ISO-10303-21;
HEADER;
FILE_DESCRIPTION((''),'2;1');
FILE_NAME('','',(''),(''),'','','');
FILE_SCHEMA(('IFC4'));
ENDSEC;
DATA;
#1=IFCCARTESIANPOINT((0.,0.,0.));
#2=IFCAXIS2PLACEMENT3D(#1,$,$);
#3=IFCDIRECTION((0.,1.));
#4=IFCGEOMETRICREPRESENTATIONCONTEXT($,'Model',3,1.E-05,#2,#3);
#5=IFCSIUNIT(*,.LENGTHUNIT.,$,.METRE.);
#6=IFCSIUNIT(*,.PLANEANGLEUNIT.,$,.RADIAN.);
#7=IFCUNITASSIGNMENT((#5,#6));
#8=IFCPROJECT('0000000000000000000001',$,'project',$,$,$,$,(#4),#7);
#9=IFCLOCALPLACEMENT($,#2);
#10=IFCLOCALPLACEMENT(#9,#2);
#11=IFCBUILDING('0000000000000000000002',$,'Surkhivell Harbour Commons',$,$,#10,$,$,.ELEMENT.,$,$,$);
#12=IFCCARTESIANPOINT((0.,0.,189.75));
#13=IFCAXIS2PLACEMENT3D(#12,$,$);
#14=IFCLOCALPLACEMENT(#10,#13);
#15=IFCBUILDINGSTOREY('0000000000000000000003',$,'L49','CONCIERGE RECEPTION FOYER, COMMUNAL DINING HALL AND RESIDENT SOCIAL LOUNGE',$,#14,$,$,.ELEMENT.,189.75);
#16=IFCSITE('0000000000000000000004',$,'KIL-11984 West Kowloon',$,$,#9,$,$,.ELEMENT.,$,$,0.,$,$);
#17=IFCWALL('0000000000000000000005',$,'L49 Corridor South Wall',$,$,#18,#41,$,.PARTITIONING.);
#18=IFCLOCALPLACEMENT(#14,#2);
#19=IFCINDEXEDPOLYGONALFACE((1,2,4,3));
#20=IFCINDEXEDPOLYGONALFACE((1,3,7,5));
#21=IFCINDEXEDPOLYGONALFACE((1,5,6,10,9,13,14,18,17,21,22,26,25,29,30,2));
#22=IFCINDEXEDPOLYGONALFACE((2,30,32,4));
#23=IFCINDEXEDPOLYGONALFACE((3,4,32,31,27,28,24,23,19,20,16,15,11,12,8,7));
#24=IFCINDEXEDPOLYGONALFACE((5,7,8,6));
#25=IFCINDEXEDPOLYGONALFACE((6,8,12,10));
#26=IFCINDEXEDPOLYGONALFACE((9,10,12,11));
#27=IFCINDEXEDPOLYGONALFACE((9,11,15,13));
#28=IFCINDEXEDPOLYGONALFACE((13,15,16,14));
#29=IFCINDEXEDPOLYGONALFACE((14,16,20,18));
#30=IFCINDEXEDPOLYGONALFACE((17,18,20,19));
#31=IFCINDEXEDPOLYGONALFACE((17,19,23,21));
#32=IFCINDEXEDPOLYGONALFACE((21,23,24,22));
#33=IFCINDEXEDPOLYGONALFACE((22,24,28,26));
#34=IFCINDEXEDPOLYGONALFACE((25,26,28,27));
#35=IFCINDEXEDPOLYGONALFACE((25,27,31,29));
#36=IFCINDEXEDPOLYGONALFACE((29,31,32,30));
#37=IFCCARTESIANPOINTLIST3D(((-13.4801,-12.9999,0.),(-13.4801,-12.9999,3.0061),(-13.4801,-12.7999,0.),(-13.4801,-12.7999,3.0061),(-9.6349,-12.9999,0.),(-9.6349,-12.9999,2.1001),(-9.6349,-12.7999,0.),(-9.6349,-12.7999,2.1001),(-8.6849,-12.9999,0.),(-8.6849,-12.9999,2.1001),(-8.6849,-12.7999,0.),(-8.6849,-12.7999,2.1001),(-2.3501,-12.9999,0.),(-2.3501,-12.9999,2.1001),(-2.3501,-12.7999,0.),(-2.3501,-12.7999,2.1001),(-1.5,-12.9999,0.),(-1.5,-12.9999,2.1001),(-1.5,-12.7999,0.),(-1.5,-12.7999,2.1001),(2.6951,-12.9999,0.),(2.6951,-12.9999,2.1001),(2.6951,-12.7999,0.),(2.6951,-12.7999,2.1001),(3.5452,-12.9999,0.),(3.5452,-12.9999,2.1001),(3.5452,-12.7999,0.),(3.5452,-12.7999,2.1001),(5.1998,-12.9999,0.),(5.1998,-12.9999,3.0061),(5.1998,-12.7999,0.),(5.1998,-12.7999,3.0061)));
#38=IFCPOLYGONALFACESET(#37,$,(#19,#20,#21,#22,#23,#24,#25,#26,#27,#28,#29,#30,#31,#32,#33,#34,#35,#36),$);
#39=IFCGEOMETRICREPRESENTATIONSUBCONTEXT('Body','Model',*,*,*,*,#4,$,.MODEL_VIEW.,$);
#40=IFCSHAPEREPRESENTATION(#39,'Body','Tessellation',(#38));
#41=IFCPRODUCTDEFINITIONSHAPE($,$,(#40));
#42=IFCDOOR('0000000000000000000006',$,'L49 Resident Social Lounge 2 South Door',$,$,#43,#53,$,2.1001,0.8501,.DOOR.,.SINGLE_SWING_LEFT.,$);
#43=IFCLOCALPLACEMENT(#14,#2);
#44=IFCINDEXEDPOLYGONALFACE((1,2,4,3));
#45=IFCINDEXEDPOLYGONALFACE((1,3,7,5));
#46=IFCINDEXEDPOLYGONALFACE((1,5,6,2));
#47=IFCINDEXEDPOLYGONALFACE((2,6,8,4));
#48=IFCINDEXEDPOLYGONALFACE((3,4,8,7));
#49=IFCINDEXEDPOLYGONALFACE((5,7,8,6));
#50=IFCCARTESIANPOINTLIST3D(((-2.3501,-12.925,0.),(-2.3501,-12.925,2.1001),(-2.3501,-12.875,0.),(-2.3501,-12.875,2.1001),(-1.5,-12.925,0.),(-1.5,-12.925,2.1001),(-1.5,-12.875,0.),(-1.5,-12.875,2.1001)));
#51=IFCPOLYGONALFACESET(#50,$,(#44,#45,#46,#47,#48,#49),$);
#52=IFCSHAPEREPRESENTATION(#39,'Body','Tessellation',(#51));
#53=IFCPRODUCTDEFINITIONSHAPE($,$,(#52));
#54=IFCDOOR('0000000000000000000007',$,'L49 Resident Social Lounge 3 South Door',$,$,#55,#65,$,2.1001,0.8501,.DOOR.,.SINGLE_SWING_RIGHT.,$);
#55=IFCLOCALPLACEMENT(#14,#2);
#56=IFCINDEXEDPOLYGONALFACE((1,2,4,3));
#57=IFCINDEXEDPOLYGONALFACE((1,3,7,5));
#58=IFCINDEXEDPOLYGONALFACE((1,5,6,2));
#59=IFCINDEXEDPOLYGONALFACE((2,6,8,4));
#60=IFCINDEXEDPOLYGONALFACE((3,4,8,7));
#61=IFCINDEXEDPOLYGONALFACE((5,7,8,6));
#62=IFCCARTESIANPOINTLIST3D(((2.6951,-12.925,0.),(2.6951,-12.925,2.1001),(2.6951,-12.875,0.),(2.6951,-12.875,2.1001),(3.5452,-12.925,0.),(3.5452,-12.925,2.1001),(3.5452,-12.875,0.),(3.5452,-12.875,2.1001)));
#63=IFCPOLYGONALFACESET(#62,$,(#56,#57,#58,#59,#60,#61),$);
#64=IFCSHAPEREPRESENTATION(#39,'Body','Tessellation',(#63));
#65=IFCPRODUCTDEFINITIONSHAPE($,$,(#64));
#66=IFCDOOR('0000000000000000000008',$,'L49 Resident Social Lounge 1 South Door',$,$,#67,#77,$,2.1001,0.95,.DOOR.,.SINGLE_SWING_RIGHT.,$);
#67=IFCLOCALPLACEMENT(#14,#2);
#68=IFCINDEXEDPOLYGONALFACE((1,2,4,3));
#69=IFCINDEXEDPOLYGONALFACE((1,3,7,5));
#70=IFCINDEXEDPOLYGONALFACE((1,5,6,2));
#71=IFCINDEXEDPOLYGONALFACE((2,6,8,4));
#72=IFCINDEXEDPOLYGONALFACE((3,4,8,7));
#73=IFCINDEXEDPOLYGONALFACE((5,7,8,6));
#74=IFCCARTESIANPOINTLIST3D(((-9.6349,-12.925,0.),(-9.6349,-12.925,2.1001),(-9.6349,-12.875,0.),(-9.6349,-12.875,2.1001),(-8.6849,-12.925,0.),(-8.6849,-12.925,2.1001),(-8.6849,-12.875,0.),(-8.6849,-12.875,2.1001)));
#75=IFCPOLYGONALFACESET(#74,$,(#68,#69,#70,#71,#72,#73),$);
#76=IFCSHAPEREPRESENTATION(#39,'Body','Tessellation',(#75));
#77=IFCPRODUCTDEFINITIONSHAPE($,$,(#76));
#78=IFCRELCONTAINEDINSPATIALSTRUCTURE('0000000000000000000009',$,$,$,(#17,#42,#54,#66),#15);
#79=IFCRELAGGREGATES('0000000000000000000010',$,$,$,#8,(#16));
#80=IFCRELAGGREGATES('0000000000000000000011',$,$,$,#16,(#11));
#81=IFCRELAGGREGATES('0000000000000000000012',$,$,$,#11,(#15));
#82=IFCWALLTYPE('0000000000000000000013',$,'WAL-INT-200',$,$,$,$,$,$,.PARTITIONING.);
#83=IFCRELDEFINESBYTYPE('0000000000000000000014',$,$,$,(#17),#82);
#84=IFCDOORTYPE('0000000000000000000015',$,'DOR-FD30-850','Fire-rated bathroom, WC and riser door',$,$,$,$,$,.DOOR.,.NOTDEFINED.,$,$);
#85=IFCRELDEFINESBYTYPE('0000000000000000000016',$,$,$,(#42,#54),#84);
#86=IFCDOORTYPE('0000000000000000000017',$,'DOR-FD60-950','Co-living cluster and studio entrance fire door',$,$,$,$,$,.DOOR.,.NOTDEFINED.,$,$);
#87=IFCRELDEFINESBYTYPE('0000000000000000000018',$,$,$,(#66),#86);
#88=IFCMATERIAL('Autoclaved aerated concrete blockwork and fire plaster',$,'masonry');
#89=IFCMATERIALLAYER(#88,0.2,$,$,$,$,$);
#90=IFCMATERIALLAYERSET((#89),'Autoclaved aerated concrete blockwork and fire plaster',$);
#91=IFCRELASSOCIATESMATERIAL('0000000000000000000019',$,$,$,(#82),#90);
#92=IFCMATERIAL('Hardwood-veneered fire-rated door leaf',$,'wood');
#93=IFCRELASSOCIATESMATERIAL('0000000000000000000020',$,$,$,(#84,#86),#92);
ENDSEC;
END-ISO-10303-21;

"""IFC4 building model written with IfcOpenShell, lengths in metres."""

from ifc_helpers import new_model, si_unit, direction, frame, frame_2d, origin, place, context, subcontext, project, spatial, rectangle, extrude, material, layer, layer_set, type_object, element, fill, save


model = new_model("IFC4")

# Units and contexts
model_context = context("Model", 3, precision=1e-05, world=origin(), true_north=direction((0.0, 1.0)))
body_context = subcontext(model_context, "Body", "Model", "MODEL_VIEW")
ifc_project = project(units=[si_unit("LENGTHUNIT", "METRE"), si_unit("PLANEANGLEUNIT", "RADIAN")], contexts=[model_context])

# Site, building, storey
site_placement = place(None, origin())
site = spatial("IfcSite", under=ifc_project, at=site_placement, Name="KIL-11984 West Kowloon", CompositionType="ELEMENT", RefElevation=0.0)
building_placement = place(site_placement, origin())
building = spatial("IfcBuilding", under=site, at=building_placement, Name="Surkhivell Harbour Commons", CompositionType="ELEMENT")
storey_placement = place(building_placement, frame((0.0, 0.0, 189.75)))
storey = spatial("IfcBuildingStorey", under=building, at=storey_placement, Name="L49", Description="CONCIERGE RECEPTION FOYER, COMMUNAL DINING HALL AND RESIDENT SOCIAL LOUNGE", CompositionType="ELEMENT", Elevation=189.75)

# Wall, openings, doors
ifc_material_1 = material(Name="Autoclaved aerated concrete blockwork and fire plaster", Category="masonry")
ifc_layer_1 = layer(ifc_material_1, 0.2)
ifc_layer_set_1 = layer_set([ifc_layer_1], Name="Autoclaved aerated concrete blockwork and fire plaster")
wall_type_1 = type_object("IfcWallType", Name="WAL-INT-200", PredefinedType="PARTITIONING", material=ifc_layer_set_1)
wall_1_placement = place(storey_placement, frame((-13.48, -12.8999, 0.0), z_axis=(0.0, 0.0, 1.0), x_axis=(1.0, 0.0, 0.0)))
wall_1 = element("IfcWall", 1, at=wall_1_placement, inside=storey, type_object=wall_type_1, Name="L49 Corridor South Wall", PredefinedType="PARTITIONING", context=body_context, shape_type="SweptSolid", body=[
    extrude(rectangle(XDim=18.6799, YDim=0.2, at=frame_2d((9.3398, 0.0))), origin(), (0.0, 0.0, 1.0), 3.0061),
])
opening_1_placement = place(wall_1_placement, frame((3.845, 0.0, 0.0)))
opening_1 = element("IfcOpeningElement", 2, at=opening_1_placement, cuts=wall_1, PredefinedType="OPENING", context=body_context, shape_type="SweptSolid", body=[
    extrude(rectangle(XDim=0.95, YDim=2.1001, at=frame_2d((0.4751, 1.05))), frame((0.0, 0.1099, 0.0), z_axis=(0.0, -1.0, 0.0), x_axis=(1.0, 0.0, 0.0)), (0.0, 0.0, 1.0), 0.22),
])
opening_2_placement = place(wall_1_placement, frame((11.1299, 0.0, 0.0)))
opening_2 = element("IfcOpeningElement", 3, at=opening_2_placement, cuts=wall_1, PredefinedType="OPENING", context=body_context, shape_type="SweptSolid", body=[
    extrude(rectangle(XDim=0.8501, YDim=2.1001, at=frame_2d((0.425, 1.05))), frame((0.0, 0.1099, 0.0), z_axis=(0.0, -1.0, 0.0), x_axis=(1.0, 0.0, 0.0)), (0.0, 0.0, 1.0), 0.22),
])
opening_3_placement = place(wall_1_placement, frame((16.175, 0.0, 0.0)))
opening_3 = element("IfcOpeningElement", 4, at=opening_3_placement, cuts=wall_1, PredefinedType="OPENING", context=body_context, shape_type="SweptSolid", body=[
    extrude(rectangle(XDim=0.8501, YDim=2.1001, at=frame_2d((0.425, 1.05))), frame((0.0, 0.1099, 0.0), z_axis=(0.0, -1.0, 0.0), x_axis=(1.0, 0.0, 0.0)), (0.0, 0.0, 1.0), 0.22),
])
ifc_material_2 = material(Name="Hardwood-veneered fire-rated door leaf", Category="wood")
door_type_1 = type_object("IfcDoorType", Name="DOR-FD30-850", Description="Fire-rated bathroom, WC and riser door", OperationType="NOTDEFINED", PredefinedType="DOOR", material=ifc_material_2)
door_1_placement = place(opening_2_placement, origin())
door_1 = element("IfcDoor", 5, at=door_1_placement, inside=storey, type_object=door_type_1, Name="L49 Resident Social Lounge 2 South Door", OperationType="SINGLE_SWING_LEFT", OverallHeight=2.1001, OverallWidth=0.8501, PredefinedType="DOOR", context=body_context, shape_type="SweptSolid", body=[
    extrude(rectangle(XDim=0.8501, YDim=2.1001, at=frame_2d((0.425, 1.05))), frame((0.0, 0.0249, 0.0), z_axis=(0.0, -1.0, 0.0), x_axis=(1.0, 0.0, 0.0)), (0.0, 0.0, 1.0), 0.05),
])
fill(opening_2, door_1)
door_2_placement = place(opening_3_placement, origin())
door_2 = element("IfcDoor", 6, at=door_2_placement, inside=storey, type_object=door_type_1, Name="L49 Resident Social Lounge 3 South Door", OperationType="SINGLE_SWING_RIGHT", OverallHeight=2.1001, OverallWidth=0.8501, PredefinedType="DOOR", context=body_context, shape_type="SweptSolid", body=[
    extrude(rectangle(XDim=0.8501, YDim=2.1001, at=frame_2d((0.425, 1.05))), frame((0.0, 0.0249, 0.0), z_axis=(0.0, -1.0, 0.0), x_axis=(1.0, 0.0, 0.0)), (0.0, 0.0, 1.0), 0.05),
])
fill(opening_3, door_2)
door_type_2 = type_object("IfcDoorType", Name="DOR-FD60-950", Description="Co-living cluster and studio entrance fire door", OperationType="NOTDEFINED", PredefinedType="DOOR", material=ifc_material_2)
door_3_placement = place(opening_1_placement, origin())
door_3 = element("IfcDoor", 7, at=door_3_placement, inside=storey, type_object=door_type_2, Name="L49 Resident Social Lounge 1 South Door", OperationType="SINGLE_SWING_RIGHT", OverallHeight=2.1001, OverallWidth=0.95, PredefinedType="DOOR", context=body_context, shape_type="SweptSolid", body=[
    extrude(rectangle(XDim=0.95, YDim=2.1001, at=frame_2d((0.4751, 1.05))), frame((0.0, 0.0249, 0.0), z_axis=(0.0, -1.0, 0.0), x_axis=(1.0, 0.0, 0.0)), (0.0, 0.0, 1.0), 0.05),
])
fill(opening_1, door_3)

save(model, "model.ifc")
